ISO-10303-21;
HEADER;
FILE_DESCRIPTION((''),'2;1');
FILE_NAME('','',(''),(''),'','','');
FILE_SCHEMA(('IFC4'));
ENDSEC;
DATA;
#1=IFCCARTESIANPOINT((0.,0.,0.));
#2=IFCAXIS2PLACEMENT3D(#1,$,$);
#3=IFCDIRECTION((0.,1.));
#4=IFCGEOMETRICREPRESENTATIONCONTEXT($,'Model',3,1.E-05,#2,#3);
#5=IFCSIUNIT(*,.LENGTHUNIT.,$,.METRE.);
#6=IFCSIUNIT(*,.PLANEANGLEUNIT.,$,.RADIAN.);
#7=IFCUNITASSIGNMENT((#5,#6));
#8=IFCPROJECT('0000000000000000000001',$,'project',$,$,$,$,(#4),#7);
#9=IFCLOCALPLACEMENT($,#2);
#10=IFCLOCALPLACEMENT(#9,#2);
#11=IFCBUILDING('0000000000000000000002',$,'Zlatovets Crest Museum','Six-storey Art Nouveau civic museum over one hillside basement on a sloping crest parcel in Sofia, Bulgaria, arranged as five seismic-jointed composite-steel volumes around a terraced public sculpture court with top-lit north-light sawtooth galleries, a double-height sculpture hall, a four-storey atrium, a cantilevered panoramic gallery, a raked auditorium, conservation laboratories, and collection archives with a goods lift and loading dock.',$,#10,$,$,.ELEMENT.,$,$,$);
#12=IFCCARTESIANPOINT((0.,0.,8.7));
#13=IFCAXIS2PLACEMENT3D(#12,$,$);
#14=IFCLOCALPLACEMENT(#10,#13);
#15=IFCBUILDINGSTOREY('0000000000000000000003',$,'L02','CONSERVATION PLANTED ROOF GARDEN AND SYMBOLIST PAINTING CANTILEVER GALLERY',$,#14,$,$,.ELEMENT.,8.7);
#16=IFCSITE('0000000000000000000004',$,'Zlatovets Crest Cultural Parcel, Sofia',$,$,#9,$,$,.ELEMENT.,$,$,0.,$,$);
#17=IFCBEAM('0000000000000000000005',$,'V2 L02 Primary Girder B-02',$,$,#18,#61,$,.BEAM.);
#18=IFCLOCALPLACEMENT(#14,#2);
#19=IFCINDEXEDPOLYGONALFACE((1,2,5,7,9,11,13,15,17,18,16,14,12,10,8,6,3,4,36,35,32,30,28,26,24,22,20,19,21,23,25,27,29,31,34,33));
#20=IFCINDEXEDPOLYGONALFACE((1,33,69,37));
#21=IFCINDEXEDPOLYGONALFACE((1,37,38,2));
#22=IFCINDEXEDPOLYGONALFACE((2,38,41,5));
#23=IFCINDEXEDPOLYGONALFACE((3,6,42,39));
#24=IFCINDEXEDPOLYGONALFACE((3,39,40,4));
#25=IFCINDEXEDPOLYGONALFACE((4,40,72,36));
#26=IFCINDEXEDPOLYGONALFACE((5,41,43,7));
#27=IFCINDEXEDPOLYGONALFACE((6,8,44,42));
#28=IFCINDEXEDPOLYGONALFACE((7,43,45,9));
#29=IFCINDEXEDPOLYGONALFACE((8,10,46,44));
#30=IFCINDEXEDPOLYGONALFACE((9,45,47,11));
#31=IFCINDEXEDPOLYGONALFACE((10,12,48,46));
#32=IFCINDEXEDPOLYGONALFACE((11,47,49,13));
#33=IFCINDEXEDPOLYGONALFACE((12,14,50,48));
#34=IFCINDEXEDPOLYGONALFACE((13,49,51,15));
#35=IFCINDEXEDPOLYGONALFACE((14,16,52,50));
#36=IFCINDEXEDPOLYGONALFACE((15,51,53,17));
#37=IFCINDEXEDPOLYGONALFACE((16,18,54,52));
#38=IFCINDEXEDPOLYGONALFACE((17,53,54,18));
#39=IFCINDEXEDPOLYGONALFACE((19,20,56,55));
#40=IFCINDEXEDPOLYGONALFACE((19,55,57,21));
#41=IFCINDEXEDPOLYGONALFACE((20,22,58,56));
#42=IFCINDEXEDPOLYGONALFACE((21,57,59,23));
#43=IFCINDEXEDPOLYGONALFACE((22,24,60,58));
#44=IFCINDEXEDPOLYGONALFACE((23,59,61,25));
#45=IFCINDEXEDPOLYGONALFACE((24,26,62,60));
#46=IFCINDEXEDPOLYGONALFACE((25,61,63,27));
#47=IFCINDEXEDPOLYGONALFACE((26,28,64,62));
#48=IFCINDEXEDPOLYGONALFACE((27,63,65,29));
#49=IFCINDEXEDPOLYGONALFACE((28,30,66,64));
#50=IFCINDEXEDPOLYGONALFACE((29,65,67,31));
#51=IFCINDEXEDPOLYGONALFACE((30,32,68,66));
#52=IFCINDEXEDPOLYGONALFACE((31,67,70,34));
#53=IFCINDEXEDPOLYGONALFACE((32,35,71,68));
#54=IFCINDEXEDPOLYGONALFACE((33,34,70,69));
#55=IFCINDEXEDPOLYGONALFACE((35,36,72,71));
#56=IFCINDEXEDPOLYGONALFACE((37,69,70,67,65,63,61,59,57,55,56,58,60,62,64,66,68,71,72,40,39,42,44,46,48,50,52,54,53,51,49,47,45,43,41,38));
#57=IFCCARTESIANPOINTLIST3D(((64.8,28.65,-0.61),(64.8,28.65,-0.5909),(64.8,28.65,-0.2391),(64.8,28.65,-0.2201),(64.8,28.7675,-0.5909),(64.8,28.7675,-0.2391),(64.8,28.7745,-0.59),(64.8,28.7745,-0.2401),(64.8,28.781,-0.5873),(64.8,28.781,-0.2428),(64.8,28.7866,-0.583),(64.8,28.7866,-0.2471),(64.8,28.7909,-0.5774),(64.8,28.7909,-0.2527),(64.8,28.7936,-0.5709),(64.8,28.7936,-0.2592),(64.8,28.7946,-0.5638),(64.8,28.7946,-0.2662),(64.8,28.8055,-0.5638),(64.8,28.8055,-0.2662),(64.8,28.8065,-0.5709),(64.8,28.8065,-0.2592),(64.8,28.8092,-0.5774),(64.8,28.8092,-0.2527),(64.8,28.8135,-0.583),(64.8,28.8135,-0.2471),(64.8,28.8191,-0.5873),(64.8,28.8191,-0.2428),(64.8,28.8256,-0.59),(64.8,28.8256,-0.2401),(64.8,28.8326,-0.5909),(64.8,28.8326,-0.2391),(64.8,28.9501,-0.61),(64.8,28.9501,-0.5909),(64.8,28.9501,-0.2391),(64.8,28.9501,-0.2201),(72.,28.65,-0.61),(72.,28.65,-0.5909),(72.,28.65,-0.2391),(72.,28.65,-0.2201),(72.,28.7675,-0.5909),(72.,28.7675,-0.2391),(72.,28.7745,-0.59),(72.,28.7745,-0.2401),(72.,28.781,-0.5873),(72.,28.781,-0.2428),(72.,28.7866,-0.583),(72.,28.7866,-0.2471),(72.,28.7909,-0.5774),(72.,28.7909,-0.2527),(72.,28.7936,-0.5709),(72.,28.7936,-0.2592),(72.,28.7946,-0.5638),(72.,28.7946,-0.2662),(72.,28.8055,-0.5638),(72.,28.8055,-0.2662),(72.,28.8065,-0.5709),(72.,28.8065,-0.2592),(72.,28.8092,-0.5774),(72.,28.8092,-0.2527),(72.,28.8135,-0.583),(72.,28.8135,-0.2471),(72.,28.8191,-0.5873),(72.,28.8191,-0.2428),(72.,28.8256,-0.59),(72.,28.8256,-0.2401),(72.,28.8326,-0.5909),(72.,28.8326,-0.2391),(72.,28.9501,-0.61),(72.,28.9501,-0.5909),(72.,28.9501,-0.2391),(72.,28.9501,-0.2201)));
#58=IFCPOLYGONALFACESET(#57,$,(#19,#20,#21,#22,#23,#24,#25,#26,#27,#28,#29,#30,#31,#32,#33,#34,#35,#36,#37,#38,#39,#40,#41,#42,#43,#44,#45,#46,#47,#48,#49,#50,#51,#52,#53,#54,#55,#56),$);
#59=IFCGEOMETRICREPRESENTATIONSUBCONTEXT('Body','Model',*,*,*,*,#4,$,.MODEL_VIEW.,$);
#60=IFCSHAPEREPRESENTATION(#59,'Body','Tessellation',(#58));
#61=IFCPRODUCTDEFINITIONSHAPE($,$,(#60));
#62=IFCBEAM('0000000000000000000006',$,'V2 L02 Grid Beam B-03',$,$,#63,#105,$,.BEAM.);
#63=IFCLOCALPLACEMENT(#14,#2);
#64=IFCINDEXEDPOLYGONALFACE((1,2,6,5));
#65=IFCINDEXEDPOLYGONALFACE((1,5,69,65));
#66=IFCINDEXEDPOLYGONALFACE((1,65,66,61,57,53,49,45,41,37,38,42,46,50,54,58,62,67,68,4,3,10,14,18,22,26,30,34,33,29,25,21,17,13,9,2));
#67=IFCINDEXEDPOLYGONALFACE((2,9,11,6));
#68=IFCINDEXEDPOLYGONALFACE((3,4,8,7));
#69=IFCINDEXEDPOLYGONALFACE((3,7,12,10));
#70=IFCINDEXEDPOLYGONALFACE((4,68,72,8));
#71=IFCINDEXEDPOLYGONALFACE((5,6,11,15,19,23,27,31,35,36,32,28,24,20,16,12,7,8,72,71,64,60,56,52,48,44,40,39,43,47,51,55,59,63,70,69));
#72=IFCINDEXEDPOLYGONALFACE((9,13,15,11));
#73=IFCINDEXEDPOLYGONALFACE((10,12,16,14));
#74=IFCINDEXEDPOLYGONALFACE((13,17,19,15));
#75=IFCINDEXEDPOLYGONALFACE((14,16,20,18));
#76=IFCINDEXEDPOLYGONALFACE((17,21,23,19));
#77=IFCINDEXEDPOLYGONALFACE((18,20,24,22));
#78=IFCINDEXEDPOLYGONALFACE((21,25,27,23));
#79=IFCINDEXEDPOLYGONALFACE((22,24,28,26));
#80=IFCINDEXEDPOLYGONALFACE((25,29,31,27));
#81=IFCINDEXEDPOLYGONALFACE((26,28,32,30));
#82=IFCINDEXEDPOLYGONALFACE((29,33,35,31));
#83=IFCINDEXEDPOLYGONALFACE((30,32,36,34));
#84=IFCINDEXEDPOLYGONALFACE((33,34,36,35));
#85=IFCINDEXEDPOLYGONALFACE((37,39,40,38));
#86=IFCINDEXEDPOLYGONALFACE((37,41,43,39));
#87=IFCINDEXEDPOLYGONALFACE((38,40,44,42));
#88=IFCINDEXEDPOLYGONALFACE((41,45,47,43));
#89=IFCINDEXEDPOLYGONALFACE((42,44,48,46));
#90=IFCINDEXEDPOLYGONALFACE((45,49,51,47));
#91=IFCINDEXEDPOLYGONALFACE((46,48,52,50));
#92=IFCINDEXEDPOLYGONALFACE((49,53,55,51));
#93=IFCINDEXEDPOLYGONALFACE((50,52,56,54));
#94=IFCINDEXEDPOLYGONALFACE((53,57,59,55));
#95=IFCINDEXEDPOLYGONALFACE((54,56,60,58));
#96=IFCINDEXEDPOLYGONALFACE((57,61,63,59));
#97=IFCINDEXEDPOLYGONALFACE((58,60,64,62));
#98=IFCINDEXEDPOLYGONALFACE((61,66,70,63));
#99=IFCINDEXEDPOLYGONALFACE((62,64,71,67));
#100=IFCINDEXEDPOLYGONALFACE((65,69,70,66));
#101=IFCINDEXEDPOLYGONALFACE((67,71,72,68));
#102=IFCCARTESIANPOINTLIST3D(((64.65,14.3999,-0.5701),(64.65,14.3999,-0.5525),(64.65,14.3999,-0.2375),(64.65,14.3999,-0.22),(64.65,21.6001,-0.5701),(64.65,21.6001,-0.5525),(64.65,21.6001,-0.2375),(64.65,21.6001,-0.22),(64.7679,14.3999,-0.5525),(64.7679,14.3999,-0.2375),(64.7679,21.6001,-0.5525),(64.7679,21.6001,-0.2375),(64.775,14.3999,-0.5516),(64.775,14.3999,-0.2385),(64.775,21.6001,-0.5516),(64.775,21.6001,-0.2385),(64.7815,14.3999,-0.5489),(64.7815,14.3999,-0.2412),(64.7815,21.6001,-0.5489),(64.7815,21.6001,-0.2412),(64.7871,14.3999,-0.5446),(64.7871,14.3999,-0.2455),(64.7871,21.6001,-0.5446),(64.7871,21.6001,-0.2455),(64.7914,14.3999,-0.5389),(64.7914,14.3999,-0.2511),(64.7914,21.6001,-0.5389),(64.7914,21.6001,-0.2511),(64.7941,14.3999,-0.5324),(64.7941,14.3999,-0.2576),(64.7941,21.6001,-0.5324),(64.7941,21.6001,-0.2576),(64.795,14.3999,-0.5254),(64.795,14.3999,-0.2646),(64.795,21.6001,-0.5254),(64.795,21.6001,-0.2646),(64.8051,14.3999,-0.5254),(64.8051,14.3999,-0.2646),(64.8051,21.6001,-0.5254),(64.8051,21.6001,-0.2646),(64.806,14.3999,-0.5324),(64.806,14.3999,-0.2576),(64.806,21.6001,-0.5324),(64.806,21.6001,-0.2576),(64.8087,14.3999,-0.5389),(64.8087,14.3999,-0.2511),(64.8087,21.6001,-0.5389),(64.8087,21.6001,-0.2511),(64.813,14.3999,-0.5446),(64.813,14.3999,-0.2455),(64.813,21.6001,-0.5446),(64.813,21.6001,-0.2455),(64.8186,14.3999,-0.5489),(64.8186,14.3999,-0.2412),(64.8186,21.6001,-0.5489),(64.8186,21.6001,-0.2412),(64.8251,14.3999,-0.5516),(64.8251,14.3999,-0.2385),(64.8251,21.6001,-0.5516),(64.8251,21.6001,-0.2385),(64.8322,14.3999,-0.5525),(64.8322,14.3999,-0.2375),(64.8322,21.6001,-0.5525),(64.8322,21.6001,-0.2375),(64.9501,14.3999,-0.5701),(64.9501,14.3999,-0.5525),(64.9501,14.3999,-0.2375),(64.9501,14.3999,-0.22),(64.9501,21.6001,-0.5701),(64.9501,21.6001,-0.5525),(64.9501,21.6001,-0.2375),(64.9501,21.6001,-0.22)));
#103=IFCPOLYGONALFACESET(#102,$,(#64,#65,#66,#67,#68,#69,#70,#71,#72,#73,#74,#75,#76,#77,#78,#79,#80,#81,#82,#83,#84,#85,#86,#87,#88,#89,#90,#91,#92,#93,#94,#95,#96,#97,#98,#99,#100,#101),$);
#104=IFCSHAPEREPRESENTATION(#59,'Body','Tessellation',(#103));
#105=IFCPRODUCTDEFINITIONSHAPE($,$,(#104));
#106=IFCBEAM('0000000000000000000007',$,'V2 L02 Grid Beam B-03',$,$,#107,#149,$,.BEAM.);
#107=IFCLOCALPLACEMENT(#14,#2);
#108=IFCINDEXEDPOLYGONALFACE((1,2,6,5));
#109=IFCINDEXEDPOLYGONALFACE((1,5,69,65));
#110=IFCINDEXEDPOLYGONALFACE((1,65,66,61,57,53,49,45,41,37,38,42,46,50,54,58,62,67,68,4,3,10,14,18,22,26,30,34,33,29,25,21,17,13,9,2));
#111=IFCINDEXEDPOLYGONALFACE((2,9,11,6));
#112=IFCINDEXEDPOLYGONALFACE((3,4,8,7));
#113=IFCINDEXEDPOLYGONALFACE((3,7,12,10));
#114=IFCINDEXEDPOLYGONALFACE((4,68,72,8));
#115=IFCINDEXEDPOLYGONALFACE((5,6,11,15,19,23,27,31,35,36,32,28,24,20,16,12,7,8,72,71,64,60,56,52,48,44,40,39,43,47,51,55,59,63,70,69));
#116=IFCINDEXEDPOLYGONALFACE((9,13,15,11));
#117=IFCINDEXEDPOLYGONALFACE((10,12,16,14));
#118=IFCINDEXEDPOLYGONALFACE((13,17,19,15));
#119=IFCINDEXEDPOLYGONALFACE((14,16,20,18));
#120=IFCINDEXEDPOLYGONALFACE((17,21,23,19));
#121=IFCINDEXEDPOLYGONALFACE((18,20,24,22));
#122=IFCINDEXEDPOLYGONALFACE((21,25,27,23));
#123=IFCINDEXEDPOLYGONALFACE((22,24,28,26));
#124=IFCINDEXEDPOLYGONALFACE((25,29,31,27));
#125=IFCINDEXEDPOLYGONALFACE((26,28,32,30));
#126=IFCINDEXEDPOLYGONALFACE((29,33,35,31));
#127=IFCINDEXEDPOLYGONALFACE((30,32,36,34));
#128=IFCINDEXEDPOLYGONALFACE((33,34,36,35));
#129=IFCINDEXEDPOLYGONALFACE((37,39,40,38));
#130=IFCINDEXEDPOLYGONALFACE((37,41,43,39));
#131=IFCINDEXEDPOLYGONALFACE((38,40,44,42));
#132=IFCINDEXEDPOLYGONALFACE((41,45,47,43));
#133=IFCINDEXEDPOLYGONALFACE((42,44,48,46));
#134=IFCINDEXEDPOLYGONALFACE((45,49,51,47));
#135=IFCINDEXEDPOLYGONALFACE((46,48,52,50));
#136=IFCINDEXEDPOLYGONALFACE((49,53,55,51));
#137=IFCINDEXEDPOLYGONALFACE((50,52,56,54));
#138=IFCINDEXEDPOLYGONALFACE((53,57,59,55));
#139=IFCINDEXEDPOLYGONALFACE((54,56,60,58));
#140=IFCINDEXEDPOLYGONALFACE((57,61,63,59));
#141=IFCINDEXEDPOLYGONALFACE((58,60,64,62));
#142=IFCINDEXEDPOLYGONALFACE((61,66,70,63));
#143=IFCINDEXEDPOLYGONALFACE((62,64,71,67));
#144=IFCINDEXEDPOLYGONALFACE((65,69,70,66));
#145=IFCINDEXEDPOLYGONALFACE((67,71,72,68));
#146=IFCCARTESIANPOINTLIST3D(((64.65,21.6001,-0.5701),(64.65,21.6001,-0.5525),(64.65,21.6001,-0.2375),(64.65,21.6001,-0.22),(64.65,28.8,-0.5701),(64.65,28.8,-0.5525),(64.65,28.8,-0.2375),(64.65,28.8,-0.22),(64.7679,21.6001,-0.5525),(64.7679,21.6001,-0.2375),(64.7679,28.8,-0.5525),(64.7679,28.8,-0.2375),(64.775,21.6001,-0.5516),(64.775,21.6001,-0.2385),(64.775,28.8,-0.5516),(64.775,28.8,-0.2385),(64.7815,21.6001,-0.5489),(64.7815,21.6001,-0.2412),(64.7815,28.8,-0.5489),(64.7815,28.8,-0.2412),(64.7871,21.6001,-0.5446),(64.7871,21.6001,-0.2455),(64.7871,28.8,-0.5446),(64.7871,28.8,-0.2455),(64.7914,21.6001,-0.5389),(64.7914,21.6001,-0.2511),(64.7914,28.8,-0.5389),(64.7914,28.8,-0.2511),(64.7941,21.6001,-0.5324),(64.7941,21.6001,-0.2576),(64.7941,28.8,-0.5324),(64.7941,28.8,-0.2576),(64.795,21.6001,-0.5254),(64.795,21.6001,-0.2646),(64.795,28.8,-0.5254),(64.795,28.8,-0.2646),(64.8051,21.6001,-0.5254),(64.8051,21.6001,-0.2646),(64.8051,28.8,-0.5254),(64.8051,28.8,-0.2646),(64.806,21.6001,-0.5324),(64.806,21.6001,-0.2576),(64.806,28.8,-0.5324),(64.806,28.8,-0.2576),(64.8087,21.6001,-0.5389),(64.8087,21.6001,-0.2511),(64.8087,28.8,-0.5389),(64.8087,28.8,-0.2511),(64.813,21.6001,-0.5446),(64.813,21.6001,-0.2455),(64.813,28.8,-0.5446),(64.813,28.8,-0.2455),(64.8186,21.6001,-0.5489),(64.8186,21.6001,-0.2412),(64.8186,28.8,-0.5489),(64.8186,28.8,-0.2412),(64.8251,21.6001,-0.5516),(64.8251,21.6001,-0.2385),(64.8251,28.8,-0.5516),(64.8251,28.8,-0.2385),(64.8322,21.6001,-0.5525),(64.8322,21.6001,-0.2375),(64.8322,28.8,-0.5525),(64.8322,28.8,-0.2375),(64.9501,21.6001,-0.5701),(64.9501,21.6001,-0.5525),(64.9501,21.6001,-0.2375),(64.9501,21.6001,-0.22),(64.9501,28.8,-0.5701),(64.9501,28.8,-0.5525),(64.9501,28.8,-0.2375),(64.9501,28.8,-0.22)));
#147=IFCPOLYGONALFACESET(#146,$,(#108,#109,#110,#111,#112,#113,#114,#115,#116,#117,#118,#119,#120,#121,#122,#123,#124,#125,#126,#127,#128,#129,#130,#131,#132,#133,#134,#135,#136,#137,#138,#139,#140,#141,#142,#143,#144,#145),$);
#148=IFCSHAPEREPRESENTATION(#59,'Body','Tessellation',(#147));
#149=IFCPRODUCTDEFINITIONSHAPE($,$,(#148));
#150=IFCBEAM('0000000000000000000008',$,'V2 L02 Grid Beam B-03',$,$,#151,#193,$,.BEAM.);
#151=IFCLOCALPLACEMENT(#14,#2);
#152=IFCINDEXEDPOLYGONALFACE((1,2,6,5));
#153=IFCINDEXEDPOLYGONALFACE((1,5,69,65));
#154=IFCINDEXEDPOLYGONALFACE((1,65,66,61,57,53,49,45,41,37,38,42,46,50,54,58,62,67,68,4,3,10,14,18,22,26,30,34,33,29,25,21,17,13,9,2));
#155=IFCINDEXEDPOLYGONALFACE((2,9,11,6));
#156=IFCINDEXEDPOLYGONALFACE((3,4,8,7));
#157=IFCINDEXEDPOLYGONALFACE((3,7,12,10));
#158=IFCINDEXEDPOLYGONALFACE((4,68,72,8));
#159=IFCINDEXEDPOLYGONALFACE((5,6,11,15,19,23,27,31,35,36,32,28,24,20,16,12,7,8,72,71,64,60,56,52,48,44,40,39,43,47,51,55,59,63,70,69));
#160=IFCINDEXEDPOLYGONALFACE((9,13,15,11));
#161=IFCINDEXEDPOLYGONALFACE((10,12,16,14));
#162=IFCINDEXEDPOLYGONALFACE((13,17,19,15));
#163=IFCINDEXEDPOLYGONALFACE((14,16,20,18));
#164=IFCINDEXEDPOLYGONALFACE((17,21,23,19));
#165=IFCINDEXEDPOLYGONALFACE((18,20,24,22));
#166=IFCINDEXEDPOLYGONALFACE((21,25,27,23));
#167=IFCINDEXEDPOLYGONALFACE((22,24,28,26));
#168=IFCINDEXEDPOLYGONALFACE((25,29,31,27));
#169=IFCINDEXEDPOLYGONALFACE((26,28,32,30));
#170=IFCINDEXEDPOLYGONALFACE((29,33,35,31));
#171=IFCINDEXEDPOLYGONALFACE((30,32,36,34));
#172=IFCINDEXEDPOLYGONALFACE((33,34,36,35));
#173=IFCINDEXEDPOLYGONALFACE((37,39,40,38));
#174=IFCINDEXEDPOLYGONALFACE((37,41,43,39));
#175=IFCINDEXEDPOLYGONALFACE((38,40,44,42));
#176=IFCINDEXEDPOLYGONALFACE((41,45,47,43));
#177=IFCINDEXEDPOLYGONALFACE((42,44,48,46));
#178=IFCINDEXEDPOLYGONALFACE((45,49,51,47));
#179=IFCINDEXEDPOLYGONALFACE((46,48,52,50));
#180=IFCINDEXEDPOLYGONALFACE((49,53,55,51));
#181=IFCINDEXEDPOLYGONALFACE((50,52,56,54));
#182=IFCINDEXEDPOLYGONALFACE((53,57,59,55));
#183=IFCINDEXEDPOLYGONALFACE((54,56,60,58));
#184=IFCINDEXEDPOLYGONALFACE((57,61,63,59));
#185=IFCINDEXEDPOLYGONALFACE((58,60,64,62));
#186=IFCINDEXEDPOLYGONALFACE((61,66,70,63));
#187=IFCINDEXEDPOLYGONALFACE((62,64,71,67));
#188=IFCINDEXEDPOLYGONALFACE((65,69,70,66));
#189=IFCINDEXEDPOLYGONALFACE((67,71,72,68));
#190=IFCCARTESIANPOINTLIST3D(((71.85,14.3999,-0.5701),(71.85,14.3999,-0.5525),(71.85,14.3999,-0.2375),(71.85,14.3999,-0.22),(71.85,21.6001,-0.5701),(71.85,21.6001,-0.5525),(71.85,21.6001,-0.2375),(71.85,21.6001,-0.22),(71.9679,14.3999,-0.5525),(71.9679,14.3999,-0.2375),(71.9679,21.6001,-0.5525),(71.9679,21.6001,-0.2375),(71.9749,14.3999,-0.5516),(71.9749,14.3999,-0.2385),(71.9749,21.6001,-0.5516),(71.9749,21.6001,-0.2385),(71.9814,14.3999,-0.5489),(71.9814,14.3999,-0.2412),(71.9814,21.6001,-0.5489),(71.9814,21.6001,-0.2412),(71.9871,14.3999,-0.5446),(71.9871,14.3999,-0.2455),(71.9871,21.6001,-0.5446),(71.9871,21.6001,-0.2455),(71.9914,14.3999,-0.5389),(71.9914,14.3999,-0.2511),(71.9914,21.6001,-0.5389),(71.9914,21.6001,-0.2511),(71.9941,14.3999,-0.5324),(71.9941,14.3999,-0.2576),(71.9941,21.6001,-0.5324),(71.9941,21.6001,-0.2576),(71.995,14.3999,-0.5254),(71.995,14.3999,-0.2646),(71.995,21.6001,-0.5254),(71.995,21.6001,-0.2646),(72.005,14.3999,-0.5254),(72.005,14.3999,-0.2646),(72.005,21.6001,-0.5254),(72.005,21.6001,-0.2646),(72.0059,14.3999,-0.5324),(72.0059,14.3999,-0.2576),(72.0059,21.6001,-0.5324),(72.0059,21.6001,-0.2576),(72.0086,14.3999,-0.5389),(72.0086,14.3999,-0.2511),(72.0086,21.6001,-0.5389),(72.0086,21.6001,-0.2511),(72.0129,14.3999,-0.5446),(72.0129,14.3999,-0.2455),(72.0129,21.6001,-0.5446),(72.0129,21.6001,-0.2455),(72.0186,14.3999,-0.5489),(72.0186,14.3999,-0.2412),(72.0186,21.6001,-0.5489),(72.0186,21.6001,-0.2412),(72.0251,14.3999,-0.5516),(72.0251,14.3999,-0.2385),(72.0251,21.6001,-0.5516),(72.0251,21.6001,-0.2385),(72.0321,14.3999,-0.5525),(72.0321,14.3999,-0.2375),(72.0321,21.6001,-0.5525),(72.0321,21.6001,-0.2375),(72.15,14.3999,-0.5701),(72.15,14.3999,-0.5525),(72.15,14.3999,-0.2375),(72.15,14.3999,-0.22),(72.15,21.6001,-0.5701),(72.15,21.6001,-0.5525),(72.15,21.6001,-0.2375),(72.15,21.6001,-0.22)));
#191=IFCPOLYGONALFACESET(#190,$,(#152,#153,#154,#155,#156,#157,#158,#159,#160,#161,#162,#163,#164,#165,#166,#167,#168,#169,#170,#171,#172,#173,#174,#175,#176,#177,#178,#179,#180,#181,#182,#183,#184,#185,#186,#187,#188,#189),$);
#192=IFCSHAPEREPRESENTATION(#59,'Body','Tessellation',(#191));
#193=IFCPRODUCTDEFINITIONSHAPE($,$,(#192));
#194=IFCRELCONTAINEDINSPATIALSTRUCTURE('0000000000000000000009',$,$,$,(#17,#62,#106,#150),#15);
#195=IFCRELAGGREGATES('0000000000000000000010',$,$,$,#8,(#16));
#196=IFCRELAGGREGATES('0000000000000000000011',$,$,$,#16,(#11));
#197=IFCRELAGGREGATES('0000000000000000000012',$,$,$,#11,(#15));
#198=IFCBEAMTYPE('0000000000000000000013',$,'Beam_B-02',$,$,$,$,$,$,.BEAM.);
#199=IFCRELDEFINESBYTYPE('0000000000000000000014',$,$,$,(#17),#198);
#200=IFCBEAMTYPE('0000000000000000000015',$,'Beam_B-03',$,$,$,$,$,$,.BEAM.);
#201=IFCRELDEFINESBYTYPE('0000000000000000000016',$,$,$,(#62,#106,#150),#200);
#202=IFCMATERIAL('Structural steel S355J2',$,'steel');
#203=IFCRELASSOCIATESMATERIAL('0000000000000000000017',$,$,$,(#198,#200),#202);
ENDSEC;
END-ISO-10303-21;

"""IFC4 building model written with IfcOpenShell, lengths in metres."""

from ifc_helpers import new_model, si_unit, direction, frame, origin, origin_2d, place, context, subcontext, project, spatial, i_section, extrude, material, material_profile, profile_set, type_object, element, save


model = new_model("IFC4")

# Units and contexts
model_context = context("Model", 3, precision=1e-05, world=origin(), true_north=direction((0.0, 1.0)))
body_context = subcontext(model_context, "Body", "Model", "MODEL_VIEW")
ifc_project = project(units=[si_unit("LENGTHUNIT", "METRE"), si_unit("PLANEANGLEUNIT", "RADIAN")], contexts=[model_context])

# Site, building, storey
site_placement = place(None, origin())
site = spatial("IfcSite", under=ifc_project, at=site_placement, Name="Zlatovets Crest Cultural Parcel, Sofia", CompositionType="ELEMENT", RefElevation=0.0)
building_placement = place(site_placement, origin())
building = spatial("IfcBuilding", under=site, at=building_placement, Name="Zlatovets Crest Museum", Description="Six-storey Art Nouveau civic museum over one hillside basement on a sloping crest parcel in Sofia, Bulgaria, arranged as five seismic-jointed composite-steel volumes around a terraced public sculpture court with top-lit north-light sawtooth galleries, a double-height sculpture hall, a four-storey atrium, a cantilevered panoramic gallery, a raked auditorium, conservation laboratories, and collection archives with a goods lift and loading dock.", CompositionType="ELEMENT")
storey_placement = place(building_placement, frame((0.0, 0.0, 8.7)))
storey = spatial("IfcBuildingStorey", under=building, at=storey_placement, Name="L02", Description="CONSERVATION PLANTED ROOF GARDEN AND SYMBOLIST PAINTING CANTILEVER GALLERY", CompositionType="ELEMENT", Elevation=8.7)

# Shared definitions
ifc_material_1 = material(Name="Structural steel S355J2", Category="steel")

# Beams
ifc_material_profile_1 = material_profile(ifc_material_1, i_section(OverallWidth=0.3, OverallDepth=0.3899, WebThickness=0.011, FlangeThickness=0.019, FilletRadius=0.0271, at=origin_2d()), Name="HEA 400")
ifc_profile_set_1 = profile_set([ifc_material_profile_1], Name="Structural steel S355J2")
beam_type_1 = type_object("IfcBeamType", Name="Beam_B-02", PredefinedType="BEAM", material=ifc_profile_set_1)
for number, where, z_axis, x_axis, name in (
    (1, (64.8, 28.8, -0.415), (1.0, 0.0, 0.0), (0.0, 1.0, 0.0), "V2 L02 Primary Girder B-02"),
):
    element("IfcBeam", number, at=place(storey_placement, frame(where, z_axis=z_axis, x_axis=x_axis)), inside=storey, type_object=beam_type_1, Name=name, PredefinedType="BEAM", context=body_context, shape_type="SweptSolid", body=[
        extrude(i_section(OverallWidth=0.3, OverallDepth=0.3899, WebThickness=0.011, FlangeThickness=0.019, FilletRadius=0.0271, at=origin_2d()), origin(), (0.0, 0.0, 1.0), 7.2),
    ])
ifc_material_profile_2 = material_profile(ifc_material_1, i_section(OverallWidth=0.3, OverallDepth=0.3501, WebThickness=0.01, FlangeThickness=0.0176, FilletRadius=0.0271, at=origin_2d()), Name="HEA 360")
ifc_profile_set_2 = profile_set([ifc_material_profile_2], Name="Structural steel S355J2")
beam_type_2 = type_object("IfcBeamType", Name="Beam_B-03", PredefinedType="BEAM", material=ifc_profile_set_2)
beam_1_placement = place(storey_placement, frame((64.8, 14.3999, -0.395), z_axis=(0.0, 1.0, 0.0), x_axis=(-1.0, 0.0, 0.0)))
element("IfcBeam", 2, at=beam_1_placement, inside=storey, type_object=beam_type_2, Name="V2 L02 Grid Beam B-03", PredefinedType="BEAM", context=body_context, shape_type="SweptSolid", body=[
    extrude(i_section(OverallWidth=0.3, OverallDepth=0.3501, WebThickness=0.01, FlangeThickness=0.0176, FilletRadius=0.0271, at=origin_2d()), origin(), (0.0, 0.0, 1.0), 7.2002),
])
beam_2_placement = place(storey_placement, frame((64.8, 21.6001, -0.395), z_axis=(0.0, 1.0, 0.0), x_axis=(-1.0, 0.0, 0.0)))
element("IfcBeam", 3, at=beam_2_placement, inside=storey, type_object=beam_type_2, Name="V2 L02 Grid Beam B-03", PredefinedType="BEAM", context=body_context, shape_type="SweptSolid", body=[
    extrude(i_section(OverallWidth=0.3, OverallDepth=0.3501, WebThickness=0.01, FlangeThickness=0.0176, FilletRadius=0.0271, at=origin_2d()), origin(), (0.0, 0.0, 1.0), 7.2),
])
beam_3_placement = place(storey_placement, frame((72.0, 14.3999, -0.395), z_axis=(0.0, 1.0, 0.0), x_axis=(-1.0, 0.0, 0.0)))
element("IfcBeam", 4, at=beam_3_placement, inside=storey, type_object=beam_type_2, Name="V2 L02 Grid Beam B-03", PredefinedType="BEAM", context=body_context, shape_type="SweptSolid", body=[
    extrude(i_section(OverallWidth=0.3, OverallDepth=0.3501, WebThickness=0.01, FlangeThickness=0.0176, FilletRadius=0.0271, at=origin_2d()), origin(), (0.0, 0.0, 1.0), 7.2002),
])

save(model, "model.ifc")
